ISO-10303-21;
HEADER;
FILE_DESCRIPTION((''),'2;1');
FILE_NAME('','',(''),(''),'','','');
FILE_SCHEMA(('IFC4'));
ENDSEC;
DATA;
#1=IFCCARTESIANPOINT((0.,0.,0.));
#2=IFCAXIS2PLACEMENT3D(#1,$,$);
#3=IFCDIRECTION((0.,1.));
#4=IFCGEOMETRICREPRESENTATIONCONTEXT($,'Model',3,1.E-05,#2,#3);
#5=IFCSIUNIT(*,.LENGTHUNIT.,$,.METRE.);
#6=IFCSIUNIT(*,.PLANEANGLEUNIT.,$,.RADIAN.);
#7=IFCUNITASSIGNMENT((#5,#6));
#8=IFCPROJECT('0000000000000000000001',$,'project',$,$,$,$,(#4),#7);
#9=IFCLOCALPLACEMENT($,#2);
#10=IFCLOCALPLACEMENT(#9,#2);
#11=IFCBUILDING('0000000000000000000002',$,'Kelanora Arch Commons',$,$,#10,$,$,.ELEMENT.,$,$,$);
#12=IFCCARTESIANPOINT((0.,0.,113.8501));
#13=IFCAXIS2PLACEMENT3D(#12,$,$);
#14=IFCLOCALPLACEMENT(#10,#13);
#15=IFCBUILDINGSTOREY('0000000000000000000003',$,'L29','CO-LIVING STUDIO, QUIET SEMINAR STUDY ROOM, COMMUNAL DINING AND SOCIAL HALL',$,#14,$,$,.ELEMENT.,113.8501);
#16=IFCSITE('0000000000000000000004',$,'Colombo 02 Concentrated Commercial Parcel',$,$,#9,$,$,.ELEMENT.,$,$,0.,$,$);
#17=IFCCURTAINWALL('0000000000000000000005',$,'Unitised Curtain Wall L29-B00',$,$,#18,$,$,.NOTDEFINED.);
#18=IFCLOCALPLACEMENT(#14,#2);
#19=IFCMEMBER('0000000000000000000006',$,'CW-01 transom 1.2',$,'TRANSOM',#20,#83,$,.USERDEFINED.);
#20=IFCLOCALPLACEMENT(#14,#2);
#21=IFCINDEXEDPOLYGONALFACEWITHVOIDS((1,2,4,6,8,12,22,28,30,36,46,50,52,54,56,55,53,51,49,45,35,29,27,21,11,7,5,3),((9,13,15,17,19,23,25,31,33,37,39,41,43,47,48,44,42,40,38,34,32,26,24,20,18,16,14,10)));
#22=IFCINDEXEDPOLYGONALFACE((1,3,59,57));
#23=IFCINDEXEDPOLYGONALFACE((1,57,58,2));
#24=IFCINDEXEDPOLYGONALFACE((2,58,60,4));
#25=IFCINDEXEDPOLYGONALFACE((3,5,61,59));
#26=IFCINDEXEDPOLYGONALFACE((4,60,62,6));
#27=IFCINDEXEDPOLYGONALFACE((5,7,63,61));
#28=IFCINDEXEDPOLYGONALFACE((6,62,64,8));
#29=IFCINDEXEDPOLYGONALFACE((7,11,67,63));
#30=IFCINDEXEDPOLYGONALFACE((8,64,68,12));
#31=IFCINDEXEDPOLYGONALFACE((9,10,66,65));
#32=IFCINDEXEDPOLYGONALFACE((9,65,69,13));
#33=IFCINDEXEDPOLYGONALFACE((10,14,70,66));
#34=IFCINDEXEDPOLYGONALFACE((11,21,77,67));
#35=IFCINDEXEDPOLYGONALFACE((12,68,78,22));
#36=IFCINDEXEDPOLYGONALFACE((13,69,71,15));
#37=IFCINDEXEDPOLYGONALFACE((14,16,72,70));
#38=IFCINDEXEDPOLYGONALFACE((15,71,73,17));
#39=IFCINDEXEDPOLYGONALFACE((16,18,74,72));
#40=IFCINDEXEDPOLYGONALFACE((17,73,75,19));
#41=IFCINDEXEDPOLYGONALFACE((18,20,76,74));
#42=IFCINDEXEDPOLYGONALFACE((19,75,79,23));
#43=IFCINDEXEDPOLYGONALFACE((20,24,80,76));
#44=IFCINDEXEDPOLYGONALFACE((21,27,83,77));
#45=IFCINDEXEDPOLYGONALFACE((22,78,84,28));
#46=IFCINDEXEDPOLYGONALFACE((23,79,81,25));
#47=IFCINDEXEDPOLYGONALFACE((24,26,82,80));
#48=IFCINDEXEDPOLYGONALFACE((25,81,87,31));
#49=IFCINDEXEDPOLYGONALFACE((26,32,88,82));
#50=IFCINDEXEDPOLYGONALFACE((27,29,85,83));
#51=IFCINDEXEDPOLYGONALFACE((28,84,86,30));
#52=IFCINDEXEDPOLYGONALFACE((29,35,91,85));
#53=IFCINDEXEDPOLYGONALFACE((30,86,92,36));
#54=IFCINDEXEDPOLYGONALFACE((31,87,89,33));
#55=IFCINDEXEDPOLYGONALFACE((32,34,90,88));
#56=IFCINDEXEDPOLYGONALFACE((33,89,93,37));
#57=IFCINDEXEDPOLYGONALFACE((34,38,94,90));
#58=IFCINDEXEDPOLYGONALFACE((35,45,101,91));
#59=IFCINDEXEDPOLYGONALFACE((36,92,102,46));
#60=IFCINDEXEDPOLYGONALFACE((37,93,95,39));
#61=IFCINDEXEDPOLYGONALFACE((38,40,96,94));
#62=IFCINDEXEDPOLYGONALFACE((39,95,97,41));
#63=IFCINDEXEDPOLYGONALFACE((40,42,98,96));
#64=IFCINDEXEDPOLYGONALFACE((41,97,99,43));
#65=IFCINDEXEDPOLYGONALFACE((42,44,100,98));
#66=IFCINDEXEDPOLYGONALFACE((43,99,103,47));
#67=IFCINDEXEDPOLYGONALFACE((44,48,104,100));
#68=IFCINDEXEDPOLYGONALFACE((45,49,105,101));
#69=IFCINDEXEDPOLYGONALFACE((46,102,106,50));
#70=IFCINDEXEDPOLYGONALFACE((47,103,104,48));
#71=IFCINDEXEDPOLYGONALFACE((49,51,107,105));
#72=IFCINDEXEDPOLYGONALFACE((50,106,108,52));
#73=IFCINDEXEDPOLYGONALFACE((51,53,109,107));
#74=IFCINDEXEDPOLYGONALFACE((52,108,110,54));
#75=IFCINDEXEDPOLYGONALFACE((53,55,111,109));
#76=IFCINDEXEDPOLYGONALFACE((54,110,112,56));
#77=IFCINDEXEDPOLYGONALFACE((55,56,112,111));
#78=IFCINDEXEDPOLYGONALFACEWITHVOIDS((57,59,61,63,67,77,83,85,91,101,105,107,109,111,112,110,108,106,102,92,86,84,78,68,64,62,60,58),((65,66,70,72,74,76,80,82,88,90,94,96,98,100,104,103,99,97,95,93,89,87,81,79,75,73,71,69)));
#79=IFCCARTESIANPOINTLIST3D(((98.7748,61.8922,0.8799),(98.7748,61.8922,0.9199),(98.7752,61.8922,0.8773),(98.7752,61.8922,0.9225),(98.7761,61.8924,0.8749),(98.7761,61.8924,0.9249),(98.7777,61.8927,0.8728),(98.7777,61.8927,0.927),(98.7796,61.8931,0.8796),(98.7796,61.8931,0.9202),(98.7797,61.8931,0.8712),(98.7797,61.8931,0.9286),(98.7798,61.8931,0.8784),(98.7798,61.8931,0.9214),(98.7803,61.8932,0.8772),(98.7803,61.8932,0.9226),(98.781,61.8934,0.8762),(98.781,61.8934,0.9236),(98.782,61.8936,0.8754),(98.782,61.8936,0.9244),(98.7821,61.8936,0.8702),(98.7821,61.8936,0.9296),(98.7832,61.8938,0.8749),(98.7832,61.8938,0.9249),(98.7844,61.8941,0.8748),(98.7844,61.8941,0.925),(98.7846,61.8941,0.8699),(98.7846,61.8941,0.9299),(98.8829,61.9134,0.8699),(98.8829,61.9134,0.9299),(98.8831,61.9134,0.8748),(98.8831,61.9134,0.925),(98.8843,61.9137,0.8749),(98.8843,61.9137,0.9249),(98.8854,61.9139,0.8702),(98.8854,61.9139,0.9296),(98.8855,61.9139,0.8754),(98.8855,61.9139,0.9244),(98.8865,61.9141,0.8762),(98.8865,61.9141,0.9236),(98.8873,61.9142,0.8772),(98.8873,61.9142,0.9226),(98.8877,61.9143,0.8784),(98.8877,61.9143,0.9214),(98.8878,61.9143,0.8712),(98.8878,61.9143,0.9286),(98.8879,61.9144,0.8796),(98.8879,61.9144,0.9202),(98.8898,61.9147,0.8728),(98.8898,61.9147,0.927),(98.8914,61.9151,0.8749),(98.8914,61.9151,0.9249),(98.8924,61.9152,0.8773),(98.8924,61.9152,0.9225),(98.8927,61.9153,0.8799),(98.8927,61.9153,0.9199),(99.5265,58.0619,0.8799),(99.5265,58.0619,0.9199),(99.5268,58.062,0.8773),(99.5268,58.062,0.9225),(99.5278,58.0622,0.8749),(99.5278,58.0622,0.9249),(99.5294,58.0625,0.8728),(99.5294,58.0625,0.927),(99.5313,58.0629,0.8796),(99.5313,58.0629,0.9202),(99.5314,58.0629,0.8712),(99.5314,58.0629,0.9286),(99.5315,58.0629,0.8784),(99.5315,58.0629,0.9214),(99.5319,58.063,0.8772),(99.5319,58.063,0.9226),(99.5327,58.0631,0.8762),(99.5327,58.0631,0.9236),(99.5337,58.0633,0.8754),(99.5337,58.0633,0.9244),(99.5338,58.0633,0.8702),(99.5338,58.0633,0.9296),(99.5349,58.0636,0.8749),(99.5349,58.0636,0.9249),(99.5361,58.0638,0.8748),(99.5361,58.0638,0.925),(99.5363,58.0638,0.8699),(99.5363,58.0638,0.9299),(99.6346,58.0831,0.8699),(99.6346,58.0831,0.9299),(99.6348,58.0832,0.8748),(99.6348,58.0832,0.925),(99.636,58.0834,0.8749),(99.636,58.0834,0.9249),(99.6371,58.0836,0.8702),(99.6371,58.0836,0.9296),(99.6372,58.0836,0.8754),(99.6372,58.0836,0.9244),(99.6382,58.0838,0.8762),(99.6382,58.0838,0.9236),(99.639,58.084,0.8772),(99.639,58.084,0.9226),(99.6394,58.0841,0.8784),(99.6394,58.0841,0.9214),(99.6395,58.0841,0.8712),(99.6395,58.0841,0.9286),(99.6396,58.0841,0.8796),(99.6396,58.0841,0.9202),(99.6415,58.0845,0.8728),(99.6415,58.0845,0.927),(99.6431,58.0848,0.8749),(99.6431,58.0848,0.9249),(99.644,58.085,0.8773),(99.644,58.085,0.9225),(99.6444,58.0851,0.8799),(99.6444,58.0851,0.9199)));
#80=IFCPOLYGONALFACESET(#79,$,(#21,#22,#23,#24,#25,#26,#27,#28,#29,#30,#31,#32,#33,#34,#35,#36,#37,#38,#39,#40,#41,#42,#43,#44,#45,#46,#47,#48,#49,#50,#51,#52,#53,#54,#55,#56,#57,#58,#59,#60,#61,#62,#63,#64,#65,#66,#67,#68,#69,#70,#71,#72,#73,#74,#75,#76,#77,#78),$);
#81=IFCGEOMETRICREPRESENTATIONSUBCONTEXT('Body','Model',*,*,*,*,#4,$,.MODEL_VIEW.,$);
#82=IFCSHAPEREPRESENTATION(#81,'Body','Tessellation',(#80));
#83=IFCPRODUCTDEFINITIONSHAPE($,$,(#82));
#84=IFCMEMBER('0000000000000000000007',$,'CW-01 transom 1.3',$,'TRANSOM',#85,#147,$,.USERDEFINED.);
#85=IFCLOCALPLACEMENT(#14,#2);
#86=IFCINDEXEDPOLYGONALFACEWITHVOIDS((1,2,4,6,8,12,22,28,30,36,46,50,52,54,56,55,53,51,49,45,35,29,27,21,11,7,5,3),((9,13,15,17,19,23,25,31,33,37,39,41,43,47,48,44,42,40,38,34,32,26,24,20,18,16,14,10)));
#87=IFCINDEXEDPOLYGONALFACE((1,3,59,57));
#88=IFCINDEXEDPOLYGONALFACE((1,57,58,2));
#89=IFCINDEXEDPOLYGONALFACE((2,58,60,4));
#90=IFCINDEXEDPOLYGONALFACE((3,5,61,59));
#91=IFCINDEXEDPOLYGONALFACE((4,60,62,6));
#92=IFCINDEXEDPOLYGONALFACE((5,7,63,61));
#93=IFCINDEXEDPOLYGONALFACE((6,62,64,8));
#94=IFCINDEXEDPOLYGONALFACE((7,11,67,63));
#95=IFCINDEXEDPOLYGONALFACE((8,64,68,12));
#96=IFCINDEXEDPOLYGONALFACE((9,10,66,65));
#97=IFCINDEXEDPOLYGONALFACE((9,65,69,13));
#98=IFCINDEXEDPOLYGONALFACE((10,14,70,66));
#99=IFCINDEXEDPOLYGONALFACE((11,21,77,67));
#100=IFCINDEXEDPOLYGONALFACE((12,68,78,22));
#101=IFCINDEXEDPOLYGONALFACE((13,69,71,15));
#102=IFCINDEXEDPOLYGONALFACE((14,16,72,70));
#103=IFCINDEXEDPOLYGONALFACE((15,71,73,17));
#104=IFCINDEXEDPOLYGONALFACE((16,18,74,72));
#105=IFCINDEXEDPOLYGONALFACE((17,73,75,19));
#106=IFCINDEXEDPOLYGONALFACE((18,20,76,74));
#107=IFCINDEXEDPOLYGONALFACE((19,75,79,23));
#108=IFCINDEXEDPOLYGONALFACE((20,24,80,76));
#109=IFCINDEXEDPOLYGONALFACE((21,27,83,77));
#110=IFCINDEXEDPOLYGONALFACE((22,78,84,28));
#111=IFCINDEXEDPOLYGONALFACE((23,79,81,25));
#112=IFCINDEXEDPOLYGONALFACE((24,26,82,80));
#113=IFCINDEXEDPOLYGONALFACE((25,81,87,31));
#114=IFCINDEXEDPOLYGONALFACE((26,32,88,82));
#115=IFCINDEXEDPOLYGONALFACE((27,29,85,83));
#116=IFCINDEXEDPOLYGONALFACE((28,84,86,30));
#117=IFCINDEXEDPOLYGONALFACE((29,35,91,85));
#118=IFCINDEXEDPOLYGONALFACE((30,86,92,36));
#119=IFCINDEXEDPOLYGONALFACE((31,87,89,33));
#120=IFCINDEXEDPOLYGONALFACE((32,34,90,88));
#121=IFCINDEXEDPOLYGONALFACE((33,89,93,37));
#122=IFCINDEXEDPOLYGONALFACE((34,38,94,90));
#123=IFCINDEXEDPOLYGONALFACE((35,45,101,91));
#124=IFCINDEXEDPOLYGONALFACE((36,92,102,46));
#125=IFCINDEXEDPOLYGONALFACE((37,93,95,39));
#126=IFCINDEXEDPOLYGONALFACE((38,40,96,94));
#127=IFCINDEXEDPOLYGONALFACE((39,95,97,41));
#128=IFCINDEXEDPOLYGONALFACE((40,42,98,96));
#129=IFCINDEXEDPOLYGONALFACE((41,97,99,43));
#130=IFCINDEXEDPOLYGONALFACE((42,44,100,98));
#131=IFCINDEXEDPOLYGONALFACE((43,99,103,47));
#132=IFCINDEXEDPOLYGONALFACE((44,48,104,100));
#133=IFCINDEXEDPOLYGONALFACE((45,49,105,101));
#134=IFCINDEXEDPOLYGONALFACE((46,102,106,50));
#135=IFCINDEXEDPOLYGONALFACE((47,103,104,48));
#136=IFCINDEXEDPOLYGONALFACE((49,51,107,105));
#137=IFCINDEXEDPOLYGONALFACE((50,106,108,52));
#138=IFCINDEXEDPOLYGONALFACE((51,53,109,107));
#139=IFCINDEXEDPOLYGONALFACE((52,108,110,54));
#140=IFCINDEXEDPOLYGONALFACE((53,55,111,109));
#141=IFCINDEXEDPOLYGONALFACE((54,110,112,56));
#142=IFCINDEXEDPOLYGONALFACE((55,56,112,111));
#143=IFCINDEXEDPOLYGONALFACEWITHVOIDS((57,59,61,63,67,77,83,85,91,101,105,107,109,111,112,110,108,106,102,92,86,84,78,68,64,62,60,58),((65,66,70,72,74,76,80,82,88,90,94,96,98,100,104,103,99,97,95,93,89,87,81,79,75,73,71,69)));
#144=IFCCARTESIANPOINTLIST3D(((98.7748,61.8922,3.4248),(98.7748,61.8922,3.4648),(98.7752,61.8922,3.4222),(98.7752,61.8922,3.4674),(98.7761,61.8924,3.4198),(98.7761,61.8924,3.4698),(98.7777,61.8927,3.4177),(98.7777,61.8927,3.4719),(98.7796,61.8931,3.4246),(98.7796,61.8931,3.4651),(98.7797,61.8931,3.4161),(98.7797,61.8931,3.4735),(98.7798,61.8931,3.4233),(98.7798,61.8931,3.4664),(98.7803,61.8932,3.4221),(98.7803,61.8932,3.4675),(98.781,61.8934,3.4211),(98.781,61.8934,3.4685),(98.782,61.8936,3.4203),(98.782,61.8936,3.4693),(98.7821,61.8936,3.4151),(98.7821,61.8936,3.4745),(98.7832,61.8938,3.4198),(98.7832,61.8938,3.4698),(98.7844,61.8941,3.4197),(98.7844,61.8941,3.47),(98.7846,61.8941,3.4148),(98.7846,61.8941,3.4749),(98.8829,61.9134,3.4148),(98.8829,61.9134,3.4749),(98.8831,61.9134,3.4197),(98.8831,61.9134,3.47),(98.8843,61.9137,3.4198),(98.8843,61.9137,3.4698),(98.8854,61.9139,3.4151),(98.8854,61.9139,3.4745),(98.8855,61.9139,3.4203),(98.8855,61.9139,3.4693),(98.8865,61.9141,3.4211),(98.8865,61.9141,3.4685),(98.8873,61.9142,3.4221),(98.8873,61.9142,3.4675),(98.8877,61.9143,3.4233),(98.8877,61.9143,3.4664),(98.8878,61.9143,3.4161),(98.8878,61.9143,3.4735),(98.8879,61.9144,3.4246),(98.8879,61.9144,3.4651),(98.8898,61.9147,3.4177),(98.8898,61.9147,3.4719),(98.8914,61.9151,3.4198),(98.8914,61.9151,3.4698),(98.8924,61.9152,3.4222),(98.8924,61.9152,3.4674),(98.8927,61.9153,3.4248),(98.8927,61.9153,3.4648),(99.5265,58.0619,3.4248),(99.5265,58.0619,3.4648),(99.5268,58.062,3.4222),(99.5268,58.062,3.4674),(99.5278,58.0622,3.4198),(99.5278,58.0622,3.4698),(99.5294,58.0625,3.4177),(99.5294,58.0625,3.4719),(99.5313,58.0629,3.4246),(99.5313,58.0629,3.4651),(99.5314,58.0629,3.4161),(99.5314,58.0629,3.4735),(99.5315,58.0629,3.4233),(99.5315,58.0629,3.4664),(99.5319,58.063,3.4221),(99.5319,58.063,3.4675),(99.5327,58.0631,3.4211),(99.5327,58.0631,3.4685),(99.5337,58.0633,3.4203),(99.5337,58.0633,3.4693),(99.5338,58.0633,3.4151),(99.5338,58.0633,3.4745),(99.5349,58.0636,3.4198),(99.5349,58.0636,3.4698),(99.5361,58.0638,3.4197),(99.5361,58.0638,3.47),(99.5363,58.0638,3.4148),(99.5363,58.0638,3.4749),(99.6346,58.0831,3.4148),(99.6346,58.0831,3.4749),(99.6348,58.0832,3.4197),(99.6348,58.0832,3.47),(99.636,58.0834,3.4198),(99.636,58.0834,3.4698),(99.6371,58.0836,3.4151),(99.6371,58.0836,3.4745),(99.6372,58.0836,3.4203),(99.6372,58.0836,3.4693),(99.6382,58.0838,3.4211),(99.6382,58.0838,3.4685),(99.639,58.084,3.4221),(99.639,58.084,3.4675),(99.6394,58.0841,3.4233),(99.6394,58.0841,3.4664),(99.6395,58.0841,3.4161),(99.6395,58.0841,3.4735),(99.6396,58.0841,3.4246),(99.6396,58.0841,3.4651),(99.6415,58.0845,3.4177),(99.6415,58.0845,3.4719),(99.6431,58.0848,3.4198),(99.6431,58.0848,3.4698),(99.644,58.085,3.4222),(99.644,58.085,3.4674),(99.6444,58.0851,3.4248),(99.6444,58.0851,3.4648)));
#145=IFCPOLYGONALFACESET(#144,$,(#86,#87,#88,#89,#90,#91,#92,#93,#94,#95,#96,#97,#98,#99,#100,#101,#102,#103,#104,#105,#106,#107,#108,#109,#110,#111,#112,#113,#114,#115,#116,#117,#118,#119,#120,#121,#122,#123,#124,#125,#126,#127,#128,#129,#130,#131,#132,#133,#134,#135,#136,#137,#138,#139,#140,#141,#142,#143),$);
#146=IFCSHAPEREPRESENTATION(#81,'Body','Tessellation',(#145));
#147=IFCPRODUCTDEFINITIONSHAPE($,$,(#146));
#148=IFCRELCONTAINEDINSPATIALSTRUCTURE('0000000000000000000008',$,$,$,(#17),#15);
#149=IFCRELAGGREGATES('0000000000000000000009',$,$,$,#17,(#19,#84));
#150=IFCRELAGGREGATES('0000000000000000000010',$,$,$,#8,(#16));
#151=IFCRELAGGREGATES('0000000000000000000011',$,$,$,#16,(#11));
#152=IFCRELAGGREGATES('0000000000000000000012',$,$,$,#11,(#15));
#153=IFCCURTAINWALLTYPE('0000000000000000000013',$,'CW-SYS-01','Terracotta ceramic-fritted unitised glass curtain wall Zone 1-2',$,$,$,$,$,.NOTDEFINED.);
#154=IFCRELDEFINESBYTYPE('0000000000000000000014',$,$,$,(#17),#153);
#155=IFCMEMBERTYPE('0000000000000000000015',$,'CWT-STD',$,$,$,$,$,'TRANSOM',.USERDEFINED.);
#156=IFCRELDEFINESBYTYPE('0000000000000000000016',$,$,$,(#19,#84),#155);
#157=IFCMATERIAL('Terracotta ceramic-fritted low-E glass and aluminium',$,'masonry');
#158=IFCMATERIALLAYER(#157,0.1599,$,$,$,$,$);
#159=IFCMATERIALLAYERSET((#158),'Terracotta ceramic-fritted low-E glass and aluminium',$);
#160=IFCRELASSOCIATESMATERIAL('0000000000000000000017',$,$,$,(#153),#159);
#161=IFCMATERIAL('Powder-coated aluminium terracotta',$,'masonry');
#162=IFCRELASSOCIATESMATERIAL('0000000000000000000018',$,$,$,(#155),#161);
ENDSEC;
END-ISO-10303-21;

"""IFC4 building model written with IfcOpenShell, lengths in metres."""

from ifc_helpers import new_model, si_unit, direction, frame, origin, origin_2d, place, context, subcontext, project, spatial, hollow_rectangle, extrude, material, layer, layer_set, material_profile, profile_set, type_object, element, aggregate, save


model = new_model("IFC4")

# Units and contexts
model_context = context("Model", 3, precision=1e-05, world=origin(), true_north=direction((0.0, 1.0)))
body_context = subcontext(model_context, "Body", "Model", "MODEL_VIEW")
ifc_project = project(units=[si_unit("LENGTHUNIT", "METRE"), si_unit("PLANEANGLEUNIT", "RADIAN")], contexts=[model_context])

# Site, building, storey
site_placement = place(None, origin())
site = spatial("IfcSite", under=ifc_project, at=site_placement, Name="Colombo 02 Concentrated Commercial Parcel", CompositionType="ELEMENT", RefElevation=0.0)
building_placement = place(site_placement, origin())
building = spatial("IfcBuilding", under=site, at=building_placement, Name="Kelanora Arch Commons", CompositionType="ELEMENT")
storey_placement = place(building_placement, frame((0.0, 0.0, 113.8501)))
storey = spatial("IfcBuildingStorey", under=building, at=storey_placement, Name="L29", Description="CO-LIVING STUDIO, QUIET SEMINAR STUDY ROOM, COMMUNAL DINING AND SOCIAL HALL", CompositionType="ELEMENT", Elevation=113.8501)

# Curtain wall, members
ifc_material_1 = material(Name="Terracotta ceramic-fritted low-E glass and aluminium", Category="masonry")
ifc_layer_1 = layer(ifc_material_1, 0.1599)
ifc_layer_set_1 = layer_set([ifc_layer_1], Name="Terracotta ceramic-fritted low-E glass and aluminium")
curtain_wall_type = type_object("IfcCurtainWallType", Name="CW-SYS-01", Description="Terracotta ceramic-fritted unitised glass curtain wall Zone 1-2", PredefinedType="NOTDEFINED", material=ifc_layer_set_1)
curtain_wall_placement = place(storey_placement, origin())
curtain_wall = element("IfcCurtainWall", 1, at=curtain_wall_placement, inside=storey, type_object=curtain_wall_type, Name="Unitised Curtain Wall L29-B00", PredefinedType="NOTDEFINED")
ifc_material_2 = material(Name="Powder-coated aluminium terracotta", Category="masonry")
ifc_material_profile_1 = material_profile(ifc_material_2, hollow_rectangle(XDim=0.1201, YDim=0.0601, WallThickness=0.0049, InnerFilletRadius=0.0049, OuterFilletRadius=0.01, at=origin_2d()), Name="CWT120x60")
ifc_profile_set_1 = profile_set([ifc_material_profile_1], Name="Powder-coated aluminium terracotta")
member_type_1 = type_object("IfcMemberType", Name="CWT-STD", ElementType="TRANSOM", PredefinedType="USERDEFINED", material=ifc_profile_set_1)
member_1_placement = place(storey_placement, frame((99.5854, 58.0735, 0.8999), z_axis=(-0.192579, 0.981282, 0.0), x_axis=(-0.981282, -0.192579, 0.0)))
member_1 = element("IfcMember", 2, at=member_1_placement, type_object=member_type_1, Name="CW-01 transom 1.2", ObjectType="TRANSOM", PredefinedType="USERDEFINED", context=body_context, shape_type="SweptSolid", body=[
    extrude(hollow_rectangle(XDim=0.1201, YDim=0.0601, WallThickness=0.0049, InnerFilletRadius=0.0049, OuterFilletRadius=0.01, at=origin_2d()), origin(), (0.0, 0.0, 1.0), 3.9033),
])
member_2_placement = place(storey_placement, frame((99.5854, 58.0735, 3.4448), z_axis=(-0.192579, 0.981282, 0.0), x_axis=(-0.981282, -0.192579, 0.0)))
member_2 = element("IfcMember", 3, at=member_2_placement, type_object=member_type_1, Name="CW-01 transom 1.3", ObjectType="TRANSOM", PredefinedType="USERDEFINED", context=body_context, shape_type="SweptSolid", body=[
    extrude(hollow_rectangle(XDim=0.1201, YDim=0.0601, WallThickness=0.0049, InnerFilletRadius=0.0049, OuterFilletRadius=0.01, at=origin_2d()), origin(), (0.0, 0.0, 1.0), 3.9033),
])
aggregate(curtain_wall, [member_1, member_2])

save(model, "model.ifc")
